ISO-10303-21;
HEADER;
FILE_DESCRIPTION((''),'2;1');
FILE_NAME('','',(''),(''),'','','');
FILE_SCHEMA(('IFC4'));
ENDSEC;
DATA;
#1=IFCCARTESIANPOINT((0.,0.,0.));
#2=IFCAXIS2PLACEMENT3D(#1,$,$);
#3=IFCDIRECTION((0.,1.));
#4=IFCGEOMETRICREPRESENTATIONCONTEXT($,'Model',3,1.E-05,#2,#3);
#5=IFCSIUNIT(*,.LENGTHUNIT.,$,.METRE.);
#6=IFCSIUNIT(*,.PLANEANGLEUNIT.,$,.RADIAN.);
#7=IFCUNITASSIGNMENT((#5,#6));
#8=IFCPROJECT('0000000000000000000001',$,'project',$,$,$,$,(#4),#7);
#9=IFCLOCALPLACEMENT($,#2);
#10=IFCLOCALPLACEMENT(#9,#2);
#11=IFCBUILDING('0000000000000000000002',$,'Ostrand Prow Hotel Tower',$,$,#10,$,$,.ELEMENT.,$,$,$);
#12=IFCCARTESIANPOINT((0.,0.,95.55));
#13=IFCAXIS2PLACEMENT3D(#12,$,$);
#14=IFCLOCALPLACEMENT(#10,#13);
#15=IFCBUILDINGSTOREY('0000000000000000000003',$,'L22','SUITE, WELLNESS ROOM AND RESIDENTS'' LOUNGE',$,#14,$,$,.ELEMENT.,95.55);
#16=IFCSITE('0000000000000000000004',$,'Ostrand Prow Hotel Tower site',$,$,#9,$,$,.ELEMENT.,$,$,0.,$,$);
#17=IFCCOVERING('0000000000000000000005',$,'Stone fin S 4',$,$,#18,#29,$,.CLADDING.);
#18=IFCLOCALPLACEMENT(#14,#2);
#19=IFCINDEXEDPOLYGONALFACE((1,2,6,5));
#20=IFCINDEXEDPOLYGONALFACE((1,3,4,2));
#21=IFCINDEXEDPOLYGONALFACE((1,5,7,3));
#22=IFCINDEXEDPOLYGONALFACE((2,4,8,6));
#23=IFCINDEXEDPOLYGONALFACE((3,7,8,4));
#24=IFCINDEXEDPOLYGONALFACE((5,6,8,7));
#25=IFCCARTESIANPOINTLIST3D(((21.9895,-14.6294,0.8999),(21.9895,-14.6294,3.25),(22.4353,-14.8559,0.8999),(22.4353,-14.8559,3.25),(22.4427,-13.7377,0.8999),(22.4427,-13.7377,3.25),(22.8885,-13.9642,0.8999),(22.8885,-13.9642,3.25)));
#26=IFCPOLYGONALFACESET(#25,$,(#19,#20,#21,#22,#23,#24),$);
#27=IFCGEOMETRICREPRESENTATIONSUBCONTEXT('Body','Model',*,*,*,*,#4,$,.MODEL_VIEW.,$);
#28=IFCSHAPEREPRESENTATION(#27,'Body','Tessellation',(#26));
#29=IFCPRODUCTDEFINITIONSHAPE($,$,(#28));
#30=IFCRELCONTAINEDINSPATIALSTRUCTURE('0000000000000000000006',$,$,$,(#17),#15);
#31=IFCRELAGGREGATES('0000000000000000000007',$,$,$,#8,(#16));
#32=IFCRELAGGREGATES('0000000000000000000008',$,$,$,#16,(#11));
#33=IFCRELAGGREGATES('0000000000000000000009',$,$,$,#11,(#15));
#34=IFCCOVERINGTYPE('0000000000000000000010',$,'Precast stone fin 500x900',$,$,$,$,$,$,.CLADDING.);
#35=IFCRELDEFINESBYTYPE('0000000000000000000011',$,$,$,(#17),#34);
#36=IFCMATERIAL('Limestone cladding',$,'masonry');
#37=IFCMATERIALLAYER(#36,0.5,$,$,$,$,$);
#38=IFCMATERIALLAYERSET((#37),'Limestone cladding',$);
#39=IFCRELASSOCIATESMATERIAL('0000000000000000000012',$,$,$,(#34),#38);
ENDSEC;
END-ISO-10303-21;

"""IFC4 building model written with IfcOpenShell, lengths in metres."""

from ifc_helpers import new_model, si_unit, direction, frame, frame_2d, origin, place, context, subcontext, project, spatial, rectangle, extrude, material, layer, layer_set, type_object, element, save


model = new_model("IFC4")

# Units and contexts
model_context = context("Model", 3, precision=1e-05, world=origin(), true_north=direction((0.0, 1.0)))
body_context = subcontext(model_context, "Body", "Model", "MODEL_VIEW")
ifc_project = project(units=[si_unit("LENGTHUNIT", "METRE"), si_unit("PLANEANGLEUNIT", "RADIAN")], contexts=[model_context])

# Site, building, storey
site_placement = place(None, origin())
site = spatial("IfcSite", under=ifc_project, at=site_placement, Name="Ostrand Prow Hotel Tower site", CompositionType="ELEMENT", RefElevation=0.0)
building_placement = place(site_placement, origin())
building = spatial("IfcBuilding", under=site, at=building_placement, Name="Ostrand Prow Hotel Tower", CompositionType="ELEMENT")
storey_placement = place(building_placement, frame((0.0, 0.0, 95.55)))
storey = spatial("IfcBuildingStorey", under=building, at=storey_placement, Name="L22", Description="SUITE, WELLNESS ROOM AND RESIDENTS' LOUNGE", CompositionType="ELEMENT", Elevation=95.55)

# Covering
ifc_material_1 = material(Name="Limestone cladding", Category="masonry")
ifc_layer_1 = layer(ifc_material_1, 0.5)
ifc_layer_set_1 = layer_set([ifc_layer_1], Name="Limestone cladding")
covering_type = type_object("IfcCoveringType", Name="Precast stone fin 500x900", PredefinedType="CLADDING", material=ifc_layer_set_1)
covering_placement = place(storey_placement, frame((22.6655, -13.8511, 0.8999), z_axis=(0.0, 0.0, 1.0), x_axis=(-0.453063, -0.891479, 0.0)))
element("IfcCovering", 1, at=covering_placement, inside=storey, type_object=covering_type, Name="Stone fin S 4", PredefinedType="CLADDING", context=body_context, shape_type="SweptSolid", body=[
    extrude(rectangle(XDim=1.0002, YDim=0.5, at=frame_2d((0.5, 0.0))), origin(), (0.0, 0.0, 1.0), 2.3501),
])

save(model, "model.ifc")
